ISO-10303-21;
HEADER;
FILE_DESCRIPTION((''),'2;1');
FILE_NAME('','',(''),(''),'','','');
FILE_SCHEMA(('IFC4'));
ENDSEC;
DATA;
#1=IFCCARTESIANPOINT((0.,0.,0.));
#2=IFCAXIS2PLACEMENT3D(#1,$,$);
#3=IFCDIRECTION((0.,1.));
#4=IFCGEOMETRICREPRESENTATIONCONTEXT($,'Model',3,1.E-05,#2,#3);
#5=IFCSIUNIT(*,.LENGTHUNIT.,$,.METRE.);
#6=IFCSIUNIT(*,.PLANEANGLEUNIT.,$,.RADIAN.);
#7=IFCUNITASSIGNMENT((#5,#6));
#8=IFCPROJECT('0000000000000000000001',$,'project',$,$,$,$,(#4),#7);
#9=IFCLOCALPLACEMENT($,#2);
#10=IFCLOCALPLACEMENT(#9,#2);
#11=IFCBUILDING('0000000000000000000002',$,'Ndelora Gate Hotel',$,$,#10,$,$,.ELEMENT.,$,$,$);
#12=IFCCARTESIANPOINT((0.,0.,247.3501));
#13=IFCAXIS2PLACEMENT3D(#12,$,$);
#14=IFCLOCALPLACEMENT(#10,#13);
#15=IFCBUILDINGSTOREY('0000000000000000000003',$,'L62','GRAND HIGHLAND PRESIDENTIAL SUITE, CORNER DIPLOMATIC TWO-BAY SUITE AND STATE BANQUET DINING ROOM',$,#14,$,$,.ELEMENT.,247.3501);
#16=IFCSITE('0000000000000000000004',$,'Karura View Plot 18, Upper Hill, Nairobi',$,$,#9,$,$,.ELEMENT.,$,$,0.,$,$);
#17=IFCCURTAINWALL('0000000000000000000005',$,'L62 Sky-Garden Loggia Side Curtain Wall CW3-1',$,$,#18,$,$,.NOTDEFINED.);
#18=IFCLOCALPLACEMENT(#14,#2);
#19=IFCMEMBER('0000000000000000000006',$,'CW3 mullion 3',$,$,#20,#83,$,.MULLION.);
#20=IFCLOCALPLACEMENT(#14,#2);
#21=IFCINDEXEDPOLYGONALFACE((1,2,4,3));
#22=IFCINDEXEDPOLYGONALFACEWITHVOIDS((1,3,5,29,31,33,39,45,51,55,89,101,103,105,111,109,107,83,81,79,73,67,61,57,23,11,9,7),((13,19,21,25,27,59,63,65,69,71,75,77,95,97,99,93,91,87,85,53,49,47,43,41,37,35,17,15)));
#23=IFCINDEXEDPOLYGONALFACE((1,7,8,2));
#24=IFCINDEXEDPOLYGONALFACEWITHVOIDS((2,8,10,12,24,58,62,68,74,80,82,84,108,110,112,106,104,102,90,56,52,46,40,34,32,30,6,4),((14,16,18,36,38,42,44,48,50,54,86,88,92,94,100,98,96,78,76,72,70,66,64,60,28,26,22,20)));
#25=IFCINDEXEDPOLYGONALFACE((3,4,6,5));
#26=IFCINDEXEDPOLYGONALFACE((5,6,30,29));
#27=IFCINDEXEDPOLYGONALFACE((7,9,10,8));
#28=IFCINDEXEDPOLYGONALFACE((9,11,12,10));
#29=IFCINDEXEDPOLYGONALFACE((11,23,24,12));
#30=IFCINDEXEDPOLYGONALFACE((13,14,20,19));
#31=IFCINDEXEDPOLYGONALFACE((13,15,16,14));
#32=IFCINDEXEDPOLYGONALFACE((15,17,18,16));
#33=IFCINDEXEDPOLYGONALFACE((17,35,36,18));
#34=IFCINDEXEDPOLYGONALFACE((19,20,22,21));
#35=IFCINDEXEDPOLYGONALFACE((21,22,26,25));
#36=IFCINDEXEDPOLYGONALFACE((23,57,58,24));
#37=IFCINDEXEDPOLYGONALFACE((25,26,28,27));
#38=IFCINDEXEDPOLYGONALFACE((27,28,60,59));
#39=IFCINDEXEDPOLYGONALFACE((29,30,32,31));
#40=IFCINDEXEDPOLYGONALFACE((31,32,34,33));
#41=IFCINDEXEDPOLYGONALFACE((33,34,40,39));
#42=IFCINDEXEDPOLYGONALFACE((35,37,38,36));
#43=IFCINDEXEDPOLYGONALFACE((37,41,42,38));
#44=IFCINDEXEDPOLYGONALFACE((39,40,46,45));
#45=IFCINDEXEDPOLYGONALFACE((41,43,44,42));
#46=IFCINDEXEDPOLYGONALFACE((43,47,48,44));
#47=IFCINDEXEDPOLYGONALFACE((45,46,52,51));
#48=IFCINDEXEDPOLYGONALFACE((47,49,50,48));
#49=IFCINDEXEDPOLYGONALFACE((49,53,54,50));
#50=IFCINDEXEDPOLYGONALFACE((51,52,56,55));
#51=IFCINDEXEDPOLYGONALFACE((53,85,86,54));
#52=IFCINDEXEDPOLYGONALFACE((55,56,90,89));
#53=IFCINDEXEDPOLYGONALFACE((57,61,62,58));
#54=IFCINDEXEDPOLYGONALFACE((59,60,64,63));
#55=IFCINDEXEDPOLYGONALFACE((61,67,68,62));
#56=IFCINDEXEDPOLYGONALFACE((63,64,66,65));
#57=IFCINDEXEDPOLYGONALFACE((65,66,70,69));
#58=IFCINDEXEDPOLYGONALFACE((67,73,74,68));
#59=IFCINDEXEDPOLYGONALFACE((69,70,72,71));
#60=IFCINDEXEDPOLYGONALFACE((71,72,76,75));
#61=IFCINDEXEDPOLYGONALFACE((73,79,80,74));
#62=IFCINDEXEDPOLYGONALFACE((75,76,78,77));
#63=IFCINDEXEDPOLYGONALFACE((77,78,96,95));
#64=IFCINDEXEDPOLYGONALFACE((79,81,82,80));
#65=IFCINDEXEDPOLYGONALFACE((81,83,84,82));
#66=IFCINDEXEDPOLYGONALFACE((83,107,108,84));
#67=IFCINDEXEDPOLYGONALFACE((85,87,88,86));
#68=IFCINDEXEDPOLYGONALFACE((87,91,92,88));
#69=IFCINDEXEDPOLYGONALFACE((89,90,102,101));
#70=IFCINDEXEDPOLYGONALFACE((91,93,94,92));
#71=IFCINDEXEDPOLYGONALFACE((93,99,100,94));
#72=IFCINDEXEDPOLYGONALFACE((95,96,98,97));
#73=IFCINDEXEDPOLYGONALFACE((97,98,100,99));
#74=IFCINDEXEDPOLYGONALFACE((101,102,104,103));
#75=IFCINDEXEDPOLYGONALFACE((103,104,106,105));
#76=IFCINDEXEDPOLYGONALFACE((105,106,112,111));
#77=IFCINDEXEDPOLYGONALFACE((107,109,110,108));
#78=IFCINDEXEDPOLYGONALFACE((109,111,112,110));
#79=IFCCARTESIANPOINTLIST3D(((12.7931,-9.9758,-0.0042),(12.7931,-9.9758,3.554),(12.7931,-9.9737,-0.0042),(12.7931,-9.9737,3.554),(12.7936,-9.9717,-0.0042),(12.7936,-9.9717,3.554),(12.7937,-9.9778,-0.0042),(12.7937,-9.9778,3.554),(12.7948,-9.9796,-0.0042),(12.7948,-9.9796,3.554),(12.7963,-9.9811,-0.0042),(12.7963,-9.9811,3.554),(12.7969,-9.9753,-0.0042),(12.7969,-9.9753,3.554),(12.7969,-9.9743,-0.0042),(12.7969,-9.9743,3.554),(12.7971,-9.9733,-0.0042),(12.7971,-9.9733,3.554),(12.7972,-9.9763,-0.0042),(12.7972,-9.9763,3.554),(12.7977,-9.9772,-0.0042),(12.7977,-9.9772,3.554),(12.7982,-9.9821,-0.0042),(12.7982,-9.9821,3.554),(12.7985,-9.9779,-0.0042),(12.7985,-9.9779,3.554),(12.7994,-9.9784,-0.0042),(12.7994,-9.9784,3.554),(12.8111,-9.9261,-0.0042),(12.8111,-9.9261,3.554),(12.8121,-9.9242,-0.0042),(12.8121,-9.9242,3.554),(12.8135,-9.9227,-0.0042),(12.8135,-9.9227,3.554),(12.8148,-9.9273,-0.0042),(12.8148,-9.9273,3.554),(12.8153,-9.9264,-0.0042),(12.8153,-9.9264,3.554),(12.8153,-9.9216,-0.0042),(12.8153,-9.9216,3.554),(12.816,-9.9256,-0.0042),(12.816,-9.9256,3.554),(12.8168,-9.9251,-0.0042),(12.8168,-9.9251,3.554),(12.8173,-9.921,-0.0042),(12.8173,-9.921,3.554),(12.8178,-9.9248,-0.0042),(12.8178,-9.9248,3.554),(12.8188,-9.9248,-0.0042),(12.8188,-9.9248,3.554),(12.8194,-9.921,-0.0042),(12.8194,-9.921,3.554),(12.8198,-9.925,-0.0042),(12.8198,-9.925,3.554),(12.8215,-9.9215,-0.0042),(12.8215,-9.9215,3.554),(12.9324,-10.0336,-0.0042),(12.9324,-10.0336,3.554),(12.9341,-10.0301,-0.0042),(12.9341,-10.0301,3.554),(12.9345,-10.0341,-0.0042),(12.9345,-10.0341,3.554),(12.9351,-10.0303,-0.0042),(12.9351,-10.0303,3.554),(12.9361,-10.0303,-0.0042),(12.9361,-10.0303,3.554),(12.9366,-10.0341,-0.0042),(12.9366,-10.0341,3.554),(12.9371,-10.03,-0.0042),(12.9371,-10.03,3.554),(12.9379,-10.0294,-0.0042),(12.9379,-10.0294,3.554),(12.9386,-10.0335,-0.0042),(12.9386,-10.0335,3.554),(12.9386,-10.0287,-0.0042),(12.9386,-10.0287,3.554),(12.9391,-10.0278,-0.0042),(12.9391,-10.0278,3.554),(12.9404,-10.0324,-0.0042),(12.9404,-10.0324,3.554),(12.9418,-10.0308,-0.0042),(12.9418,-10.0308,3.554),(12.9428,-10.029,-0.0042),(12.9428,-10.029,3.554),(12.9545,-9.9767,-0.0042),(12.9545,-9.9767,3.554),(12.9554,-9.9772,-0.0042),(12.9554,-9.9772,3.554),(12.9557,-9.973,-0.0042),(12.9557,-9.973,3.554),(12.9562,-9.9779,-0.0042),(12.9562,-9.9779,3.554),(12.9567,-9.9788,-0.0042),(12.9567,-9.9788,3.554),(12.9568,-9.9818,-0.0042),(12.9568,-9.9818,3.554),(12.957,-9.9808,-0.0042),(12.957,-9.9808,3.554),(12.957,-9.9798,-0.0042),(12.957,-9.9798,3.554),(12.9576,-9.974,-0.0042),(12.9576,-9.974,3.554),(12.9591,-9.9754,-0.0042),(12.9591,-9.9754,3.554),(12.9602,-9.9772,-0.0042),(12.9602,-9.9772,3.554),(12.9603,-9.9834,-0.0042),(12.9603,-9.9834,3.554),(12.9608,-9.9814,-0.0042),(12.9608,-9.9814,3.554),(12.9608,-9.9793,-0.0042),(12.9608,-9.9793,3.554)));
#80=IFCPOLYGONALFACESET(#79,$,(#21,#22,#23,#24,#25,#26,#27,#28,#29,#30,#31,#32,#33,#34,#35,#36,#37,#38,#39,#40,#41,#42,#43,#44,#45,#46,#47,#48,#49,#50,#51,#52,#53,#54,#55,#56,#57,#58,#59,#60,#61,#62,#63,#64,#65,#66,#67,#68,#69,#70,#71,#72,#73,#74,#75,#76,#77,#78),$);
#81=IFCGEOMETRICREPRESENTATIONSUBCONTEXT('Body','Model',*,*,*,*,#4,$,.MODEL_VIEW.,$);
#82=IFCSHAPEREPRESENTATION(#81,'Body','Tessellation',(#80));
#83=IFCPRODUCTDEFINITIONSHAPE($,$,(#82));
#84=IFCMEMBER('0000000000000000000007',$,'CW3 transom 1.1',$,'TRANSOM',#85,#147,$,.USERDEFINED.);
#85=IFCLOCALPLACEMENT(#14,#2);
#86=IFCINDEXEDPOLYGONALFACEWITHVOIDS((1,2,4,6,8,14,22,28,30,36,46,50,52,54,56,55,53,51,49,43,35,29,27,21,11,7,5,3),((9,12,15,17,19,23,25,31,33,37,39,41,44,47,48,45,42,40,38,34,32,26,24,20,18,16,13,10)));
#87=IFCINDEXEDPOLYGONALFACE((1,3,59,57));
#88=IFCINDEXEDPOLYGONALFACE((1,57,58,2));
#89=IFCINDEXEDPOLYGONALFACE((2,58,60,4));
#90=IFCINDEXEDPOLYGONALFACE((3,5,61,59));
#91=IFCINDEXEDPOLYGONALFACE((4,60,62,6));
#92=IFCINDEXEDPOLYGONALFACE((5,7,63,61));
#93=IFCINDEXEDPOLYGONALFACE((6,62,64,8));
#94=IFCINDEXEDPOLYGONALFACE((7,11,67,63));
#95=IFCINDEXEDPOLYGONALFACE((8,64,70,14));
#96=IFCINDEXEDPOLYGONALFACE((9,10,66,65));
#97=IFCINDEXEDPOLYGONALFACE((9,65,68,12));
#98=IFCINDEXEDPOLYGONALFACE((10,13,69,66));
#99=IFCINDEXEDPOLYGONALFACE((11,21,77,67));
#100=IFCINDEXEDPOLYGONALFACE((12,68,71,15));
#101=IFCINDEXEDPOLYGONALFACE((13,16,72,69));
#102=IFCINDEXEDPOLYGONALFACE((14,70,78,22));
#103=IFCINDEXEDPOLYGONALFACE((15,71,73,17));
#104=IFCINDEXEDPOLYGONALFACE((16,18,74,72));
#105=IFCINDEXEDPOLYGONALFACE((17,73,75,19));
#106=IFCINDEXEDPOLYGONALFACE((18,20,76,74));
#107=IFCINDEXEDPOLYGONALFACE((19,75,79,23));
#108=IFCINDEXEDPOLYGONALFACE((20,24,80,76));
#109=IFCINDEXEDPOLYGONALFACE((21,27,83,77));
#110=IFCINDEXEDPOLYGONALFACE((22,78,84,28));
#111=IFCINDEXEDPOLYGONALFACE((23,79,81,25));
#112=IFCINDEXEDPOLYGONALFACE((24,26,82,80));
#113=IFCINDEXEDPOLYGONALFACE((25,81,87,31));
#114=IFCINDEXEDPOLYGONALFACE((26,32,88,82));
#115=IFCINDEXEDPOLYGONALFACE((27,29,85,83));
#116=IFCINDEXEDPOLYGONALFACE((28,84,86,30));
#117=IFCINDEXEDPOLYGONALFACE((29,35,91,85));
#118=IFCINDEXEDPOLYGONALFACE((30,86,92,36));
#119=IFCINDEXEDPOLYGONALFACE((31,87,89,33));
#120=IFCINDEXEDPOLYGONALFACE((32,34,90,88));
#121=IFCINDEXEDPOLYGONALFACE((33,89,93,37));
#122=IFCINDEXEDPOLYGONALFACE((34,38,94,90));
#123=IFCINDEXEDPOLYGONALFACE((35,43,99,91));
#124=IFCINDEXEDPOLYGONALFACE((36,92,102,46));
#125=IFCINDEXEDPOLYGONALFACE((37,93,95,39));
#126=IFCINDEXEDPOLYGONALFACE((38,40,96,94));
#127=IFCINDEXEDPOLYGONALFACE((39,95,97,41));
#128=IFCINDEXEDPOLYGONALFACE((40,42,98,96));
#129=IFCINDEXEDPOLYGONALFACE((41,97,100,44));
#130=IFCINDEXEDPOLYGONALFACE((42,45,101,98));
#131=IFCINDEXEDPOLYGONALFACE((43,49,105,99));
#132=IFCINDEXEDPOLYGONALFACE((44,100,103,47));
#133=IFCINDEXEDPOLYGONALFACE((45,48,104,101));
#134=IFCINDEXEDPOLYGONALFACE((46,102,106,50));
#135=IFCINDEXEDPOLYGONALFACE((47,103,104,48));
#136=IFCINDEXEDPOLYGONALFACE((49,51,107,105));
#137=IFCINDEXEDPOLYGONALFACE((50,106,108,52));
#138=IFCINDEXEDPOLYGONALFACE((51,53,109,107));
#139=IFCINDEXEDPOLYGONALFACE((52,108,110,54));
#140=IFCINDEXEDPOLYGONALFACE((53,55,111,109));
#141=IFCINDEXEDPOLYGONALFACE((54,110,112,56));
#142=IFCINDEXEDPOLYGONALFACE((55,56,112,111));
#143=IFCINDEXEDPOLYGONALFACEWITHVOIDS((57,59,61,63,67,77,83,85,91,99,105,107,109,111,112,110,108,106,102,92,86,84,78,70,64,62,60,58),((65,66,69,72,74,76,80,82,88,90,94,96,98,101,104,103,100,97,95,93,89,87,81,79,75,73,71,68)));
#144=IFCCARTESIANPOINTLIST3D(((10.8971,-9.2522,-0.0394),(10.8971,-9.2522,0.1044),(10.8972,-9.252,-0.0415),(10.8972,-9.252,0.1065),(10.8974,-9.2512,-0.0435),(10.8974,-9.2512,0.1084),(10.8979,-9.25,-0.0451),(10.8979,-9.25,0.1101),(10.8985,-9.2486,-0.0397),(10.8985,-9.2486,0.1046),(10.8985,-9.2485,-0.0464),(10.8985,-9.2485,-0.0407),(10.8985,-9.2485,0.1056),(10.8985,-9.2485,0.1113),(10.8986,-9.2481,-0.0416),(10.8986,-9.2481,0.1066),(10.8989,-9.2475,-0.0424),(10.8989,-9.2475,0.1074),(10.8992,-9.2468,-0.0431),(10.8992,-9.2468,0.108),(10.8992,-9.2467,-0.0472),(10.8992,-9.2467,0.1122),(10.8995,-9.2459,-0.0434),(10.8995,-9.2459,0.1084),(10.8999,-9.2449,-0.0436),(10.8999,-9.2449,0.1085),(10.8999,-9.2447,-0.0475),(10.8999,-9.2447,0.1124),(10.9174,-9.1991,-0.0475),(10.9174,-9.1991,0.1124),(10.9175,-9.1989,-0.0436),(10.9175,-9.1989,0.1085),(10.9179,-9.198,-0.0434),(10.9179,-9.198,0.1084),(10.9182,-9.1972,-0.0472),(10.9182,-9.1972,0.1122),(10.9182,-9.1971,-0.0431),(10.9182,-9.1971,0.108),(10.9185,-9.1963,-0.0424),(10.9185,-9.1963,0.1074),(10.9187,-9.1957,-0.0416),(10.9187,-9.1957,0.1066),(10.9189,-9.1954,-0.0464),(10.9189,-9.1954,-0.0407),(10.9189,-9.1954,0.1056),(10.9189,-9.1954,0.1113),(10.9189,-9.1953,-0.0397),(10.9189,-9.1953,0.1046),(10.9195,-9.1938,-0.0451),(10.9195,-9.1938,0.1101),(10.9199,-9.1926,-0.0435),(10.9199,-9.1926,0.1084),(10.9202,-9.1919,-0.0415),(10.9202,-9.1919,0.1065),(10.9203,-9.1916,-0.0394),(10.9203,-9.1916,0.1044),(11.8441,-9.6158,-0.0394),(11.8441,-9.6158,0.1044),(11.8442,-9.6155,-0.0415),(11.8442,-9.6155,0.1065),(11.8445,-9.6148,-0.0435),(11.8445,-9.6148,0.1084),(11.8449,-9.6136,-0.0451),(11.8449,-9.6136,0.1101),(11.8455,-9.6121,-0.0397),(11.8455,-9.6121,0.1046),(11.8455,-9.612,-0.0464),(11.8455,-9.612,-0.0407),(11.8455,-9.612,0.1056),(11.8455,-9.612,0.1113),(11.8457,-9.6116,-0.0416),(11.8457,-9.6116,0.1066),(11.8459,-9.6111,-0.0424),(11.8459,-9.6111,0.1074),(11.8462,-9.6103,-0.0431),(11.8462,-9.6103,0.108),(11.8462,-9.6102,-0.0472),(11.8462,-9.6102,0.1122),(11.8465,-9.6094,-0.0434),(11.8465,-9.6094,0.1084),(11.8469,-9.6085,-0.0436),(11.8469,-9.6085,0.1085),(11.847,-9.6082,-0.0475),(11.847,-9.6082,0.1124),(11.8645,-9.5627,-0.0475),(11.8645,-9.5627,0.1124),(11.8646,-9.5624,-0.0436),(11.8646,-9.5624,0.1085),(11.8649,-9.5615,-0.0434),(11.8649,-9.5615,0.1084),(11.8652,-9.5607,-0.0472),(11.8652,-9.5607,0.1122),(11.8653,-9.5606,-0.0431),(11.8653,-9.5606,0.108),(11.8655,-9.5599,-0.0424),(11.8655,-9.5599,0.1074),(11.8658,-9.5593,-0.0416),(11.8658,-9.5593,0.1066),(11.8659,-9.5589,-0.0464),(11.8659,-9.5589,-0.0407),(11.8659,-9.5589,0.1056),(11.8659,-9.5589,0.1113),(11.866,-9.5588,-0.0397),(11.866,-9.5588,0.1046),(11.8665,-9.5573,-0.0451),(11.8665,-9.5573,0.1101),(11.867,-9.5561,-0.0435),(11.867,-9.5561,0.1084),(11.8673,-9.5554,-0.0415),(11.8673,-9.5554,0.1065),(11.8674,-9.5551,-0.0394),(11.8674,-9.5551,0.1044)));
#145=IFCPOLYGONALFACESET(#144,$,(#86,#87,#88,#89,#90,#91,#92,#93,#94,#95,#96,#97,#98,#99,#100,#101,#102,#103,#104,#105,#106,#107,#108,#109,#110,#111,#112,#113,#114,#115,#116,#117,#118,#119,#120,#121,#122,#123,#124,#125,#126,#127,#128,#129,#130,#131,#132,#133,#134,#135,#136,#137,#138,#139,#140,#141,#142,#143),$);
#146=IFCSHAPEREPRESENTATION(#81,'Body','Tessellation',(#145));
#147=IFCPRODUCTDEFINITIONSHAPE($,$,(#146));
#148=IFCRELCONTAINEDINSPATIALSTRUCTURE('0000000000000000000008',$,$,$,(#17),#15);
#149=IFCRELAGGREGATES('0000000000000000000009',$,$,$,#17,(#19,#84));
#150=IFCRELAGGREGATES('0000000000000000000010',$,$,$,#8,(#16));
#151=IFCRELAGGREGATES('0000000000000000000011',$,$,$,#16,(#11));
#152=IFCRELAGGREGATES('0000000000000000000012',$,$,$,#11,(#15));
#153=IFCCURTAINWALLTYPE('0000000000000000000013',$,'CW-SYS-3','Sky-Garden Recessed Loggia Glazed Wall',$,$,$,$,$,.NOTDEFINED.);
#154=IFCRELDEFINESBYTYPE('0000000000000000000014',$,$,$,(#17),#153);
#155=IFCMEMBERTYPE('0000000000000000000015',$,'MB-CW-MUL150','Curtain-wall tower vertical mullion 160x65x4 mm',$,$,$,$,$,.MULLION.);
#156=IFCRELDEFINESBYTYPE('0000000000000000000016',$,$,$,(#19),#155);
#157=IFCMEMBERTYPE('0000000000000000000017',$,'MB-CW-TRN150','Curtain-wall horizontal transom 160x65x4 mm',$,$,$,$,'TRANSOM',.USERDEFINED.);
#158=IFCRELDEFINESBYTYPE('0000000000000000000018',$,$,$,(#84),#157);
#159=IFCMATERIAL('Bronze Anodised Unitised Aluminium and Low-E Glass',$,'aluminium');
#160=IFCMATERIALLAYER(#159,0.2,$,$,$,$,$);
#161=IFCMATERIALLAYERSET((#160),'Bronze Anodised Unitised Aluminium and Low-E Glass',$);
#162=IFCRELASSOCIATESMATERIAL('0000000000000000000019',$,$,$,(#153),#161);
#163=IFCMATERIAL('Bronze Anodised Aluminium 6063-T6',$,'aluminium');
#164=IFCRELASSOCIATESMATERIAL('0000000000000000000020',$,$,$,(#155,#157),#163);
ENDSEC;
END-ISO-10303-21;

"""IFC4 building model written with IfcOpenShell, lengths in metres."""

from ifc_helpers import new_model, si_unit, direction, frame, origin, origin_2d, place, context, subcontext, project, spatial, hollow_rectangle, extrude, material, layer, layer_set, material_profile, profile_set, type_object, element, aggregate, save


model = new_model("IFC4")

# Units and contexts
model_context = context("Model", 3, precision=1e-05, world=origin(), true_north=direction((0.0, 1.0)))
body_context = subcontext(model_context, "Body", "Model", "MODEL_VIEW")
ifc_project = project(units=[si_unit("LENGTHUNIT", "METRE"), si_unit("PLANEANGLEUNIT", "RADIAN")], contexts=[model_context])

# Site, building, storey
site_placement = place(None, origin())
site = spatial("IfcSite", under=ifc_project, at=site_placement, Name="Karura View Plot 18, Upper Hill, Nairobi", CompositionType="ELEMENT", RefElevation=0.0)
building_placement = place(site_placement, origin())
building = spatial("IfcBuilding", under=site, at=building_placement, Name="Ndelora Gate Hotel", CompositionType="ELEMENT")
storey_placement = place(building_placement, frame((0.0, 0.0, 247.3501)))
storey = spatial("IfcBuildingStorey", under=building, at=storey_placement, Name="L62", Description="GRAND HIGHLAND PRESIDENTIAL SUITE, CORNER DIPLOMATIC TWO-BAY SUITE AND STATE BANQUET DINING ROOM", CompositionType="ELEMENT", Elevation=247.3501)

# Curtain wall, members
ifc_material_1 = material(Name="Bronze Anodised Unitised Aluminium and Low-E Glass", Category="aluminium")
ifc_layer_1 = layer(ifc_material_1, 0.2)
ifc_layer_set_1 = layer_set([ifc_layer_1], Name="Bronze Anodised Unitised Aluminium and Low-E Glass")
curtain_wall_type = type_object("IfcCurtainWallType", Name="CW-SYS-3", Description="Sky-Garden Recessed Loggia Glazed Wall", PredefinedType="NOTDEFINED", material=ifc_layer_set_1)
curtain_wall_placement = place(storey_placement, origin())
curtain_wall = element("IfcCurtainWall", 1, at=curtain_wall_placement, inside=storey, type_object=curtain_wall_type, Name="L62 Sky-Garden Loggia Side Curtain Wall CW3-1", PredefinedType="NOTDEFINED")
ifc_material_2 = material(Name="Bronze Anodised Aluminium 6063-T6", Category="aluminium")
ifc_material_profile_1 = material_profile(ifc_material_2, hollow_rectangle(XDim=0.0649, YDim=0.1599, WallThickness=0.0039, InnerFilletRadius=0.0039, OuterFilletRadius=0.0081, at=origin_2d()), Name="ALU 160x65x4")
ifc_profile_set_1 = profile_set([ifc_material_profile_1], Name="Bronze Anodised Aluminium 6063-T6")
member_type_1 = type_object("IfcMemberType", Name="MB-CW-MUL150", Description="Curtain-wall tower vertical mullion 160x65x4 mm", PredefinedType="MULLION", material=ifc_profile_set_1)
member_1_placement = place(storey_placement, frame((12.877, -9.9775, -0.0042), z_axis=(0.0, 0.0, 1.0), x_axis=(0.358376, 0.933577, 0.0)))
member_1 = element("IfcMember", 2, at=member_1_placement, type_object=member_type_1, Name="CW3 mullion 3", PredefinedType="MULLION", context=body_context, shape_type="SweptSolid", body=[
    extrude(hollow_rectangle(XDim=0.0649, YDim=0.1599, WallThickness=0.0039, InnerFilletRadius=0.0039, OuterFilletRadius=0.0081, at=origin_2d()), origin(), (0.0, 0.0, 1.0), 3.5581),
])
ifc_material_profile_2 = material_profile(ifc_material_2, hollow_rectangle(XDim=0.0649, YDim=0.1599, WallThickness=0.0039, InnerFilletRadius=0.0039, OuterFilletRadius=0.0081, at=origin_2d()), Name="ALU 160x65x4")
ifc_profile_set_2 = profile_set([ifc_material_profile_2], Name="Bronze Anodised Aluminium 6063-T6")
member_type_2 = type_object("IfcMemberType", Name="MB-CW-TRN150", Description="Curtain-wall horizontal transom 160x65x4 mm", ElementType="TRANSOM", PredefinedType="USERDEFINED", material=ifc_profile_set_2)
member_2_placement = place(storey_placement, frame((10.9087, -9.2219, 0.0325), z_axis=(0.933581, -0.358366, 0.0), x_axis=(0.358366, 0.933581, 0.0)))
member_2 = element("IfcMember", 3, at=member_2_placement, type_object=member_type_2, Name="CW3 transom 1.1", ObjectType="TRANSOM", PredefinedType="USERDEFINED", context=body_context, shape_type="SweptSolid", body=[
    extrude(hollow_rectangle(XDim=0.0649, YDim=0.1599, WallThickness=0.0039, InnerFilletRadius=0.0039, OuterFilletRadius=0.0081, at=origin_2d()), origin(), (0.0, 0.0, 1.0), 1.0144),
])
aggregate(curtain_wall, [member_1, member_2])

save(model, "model.ifc")
